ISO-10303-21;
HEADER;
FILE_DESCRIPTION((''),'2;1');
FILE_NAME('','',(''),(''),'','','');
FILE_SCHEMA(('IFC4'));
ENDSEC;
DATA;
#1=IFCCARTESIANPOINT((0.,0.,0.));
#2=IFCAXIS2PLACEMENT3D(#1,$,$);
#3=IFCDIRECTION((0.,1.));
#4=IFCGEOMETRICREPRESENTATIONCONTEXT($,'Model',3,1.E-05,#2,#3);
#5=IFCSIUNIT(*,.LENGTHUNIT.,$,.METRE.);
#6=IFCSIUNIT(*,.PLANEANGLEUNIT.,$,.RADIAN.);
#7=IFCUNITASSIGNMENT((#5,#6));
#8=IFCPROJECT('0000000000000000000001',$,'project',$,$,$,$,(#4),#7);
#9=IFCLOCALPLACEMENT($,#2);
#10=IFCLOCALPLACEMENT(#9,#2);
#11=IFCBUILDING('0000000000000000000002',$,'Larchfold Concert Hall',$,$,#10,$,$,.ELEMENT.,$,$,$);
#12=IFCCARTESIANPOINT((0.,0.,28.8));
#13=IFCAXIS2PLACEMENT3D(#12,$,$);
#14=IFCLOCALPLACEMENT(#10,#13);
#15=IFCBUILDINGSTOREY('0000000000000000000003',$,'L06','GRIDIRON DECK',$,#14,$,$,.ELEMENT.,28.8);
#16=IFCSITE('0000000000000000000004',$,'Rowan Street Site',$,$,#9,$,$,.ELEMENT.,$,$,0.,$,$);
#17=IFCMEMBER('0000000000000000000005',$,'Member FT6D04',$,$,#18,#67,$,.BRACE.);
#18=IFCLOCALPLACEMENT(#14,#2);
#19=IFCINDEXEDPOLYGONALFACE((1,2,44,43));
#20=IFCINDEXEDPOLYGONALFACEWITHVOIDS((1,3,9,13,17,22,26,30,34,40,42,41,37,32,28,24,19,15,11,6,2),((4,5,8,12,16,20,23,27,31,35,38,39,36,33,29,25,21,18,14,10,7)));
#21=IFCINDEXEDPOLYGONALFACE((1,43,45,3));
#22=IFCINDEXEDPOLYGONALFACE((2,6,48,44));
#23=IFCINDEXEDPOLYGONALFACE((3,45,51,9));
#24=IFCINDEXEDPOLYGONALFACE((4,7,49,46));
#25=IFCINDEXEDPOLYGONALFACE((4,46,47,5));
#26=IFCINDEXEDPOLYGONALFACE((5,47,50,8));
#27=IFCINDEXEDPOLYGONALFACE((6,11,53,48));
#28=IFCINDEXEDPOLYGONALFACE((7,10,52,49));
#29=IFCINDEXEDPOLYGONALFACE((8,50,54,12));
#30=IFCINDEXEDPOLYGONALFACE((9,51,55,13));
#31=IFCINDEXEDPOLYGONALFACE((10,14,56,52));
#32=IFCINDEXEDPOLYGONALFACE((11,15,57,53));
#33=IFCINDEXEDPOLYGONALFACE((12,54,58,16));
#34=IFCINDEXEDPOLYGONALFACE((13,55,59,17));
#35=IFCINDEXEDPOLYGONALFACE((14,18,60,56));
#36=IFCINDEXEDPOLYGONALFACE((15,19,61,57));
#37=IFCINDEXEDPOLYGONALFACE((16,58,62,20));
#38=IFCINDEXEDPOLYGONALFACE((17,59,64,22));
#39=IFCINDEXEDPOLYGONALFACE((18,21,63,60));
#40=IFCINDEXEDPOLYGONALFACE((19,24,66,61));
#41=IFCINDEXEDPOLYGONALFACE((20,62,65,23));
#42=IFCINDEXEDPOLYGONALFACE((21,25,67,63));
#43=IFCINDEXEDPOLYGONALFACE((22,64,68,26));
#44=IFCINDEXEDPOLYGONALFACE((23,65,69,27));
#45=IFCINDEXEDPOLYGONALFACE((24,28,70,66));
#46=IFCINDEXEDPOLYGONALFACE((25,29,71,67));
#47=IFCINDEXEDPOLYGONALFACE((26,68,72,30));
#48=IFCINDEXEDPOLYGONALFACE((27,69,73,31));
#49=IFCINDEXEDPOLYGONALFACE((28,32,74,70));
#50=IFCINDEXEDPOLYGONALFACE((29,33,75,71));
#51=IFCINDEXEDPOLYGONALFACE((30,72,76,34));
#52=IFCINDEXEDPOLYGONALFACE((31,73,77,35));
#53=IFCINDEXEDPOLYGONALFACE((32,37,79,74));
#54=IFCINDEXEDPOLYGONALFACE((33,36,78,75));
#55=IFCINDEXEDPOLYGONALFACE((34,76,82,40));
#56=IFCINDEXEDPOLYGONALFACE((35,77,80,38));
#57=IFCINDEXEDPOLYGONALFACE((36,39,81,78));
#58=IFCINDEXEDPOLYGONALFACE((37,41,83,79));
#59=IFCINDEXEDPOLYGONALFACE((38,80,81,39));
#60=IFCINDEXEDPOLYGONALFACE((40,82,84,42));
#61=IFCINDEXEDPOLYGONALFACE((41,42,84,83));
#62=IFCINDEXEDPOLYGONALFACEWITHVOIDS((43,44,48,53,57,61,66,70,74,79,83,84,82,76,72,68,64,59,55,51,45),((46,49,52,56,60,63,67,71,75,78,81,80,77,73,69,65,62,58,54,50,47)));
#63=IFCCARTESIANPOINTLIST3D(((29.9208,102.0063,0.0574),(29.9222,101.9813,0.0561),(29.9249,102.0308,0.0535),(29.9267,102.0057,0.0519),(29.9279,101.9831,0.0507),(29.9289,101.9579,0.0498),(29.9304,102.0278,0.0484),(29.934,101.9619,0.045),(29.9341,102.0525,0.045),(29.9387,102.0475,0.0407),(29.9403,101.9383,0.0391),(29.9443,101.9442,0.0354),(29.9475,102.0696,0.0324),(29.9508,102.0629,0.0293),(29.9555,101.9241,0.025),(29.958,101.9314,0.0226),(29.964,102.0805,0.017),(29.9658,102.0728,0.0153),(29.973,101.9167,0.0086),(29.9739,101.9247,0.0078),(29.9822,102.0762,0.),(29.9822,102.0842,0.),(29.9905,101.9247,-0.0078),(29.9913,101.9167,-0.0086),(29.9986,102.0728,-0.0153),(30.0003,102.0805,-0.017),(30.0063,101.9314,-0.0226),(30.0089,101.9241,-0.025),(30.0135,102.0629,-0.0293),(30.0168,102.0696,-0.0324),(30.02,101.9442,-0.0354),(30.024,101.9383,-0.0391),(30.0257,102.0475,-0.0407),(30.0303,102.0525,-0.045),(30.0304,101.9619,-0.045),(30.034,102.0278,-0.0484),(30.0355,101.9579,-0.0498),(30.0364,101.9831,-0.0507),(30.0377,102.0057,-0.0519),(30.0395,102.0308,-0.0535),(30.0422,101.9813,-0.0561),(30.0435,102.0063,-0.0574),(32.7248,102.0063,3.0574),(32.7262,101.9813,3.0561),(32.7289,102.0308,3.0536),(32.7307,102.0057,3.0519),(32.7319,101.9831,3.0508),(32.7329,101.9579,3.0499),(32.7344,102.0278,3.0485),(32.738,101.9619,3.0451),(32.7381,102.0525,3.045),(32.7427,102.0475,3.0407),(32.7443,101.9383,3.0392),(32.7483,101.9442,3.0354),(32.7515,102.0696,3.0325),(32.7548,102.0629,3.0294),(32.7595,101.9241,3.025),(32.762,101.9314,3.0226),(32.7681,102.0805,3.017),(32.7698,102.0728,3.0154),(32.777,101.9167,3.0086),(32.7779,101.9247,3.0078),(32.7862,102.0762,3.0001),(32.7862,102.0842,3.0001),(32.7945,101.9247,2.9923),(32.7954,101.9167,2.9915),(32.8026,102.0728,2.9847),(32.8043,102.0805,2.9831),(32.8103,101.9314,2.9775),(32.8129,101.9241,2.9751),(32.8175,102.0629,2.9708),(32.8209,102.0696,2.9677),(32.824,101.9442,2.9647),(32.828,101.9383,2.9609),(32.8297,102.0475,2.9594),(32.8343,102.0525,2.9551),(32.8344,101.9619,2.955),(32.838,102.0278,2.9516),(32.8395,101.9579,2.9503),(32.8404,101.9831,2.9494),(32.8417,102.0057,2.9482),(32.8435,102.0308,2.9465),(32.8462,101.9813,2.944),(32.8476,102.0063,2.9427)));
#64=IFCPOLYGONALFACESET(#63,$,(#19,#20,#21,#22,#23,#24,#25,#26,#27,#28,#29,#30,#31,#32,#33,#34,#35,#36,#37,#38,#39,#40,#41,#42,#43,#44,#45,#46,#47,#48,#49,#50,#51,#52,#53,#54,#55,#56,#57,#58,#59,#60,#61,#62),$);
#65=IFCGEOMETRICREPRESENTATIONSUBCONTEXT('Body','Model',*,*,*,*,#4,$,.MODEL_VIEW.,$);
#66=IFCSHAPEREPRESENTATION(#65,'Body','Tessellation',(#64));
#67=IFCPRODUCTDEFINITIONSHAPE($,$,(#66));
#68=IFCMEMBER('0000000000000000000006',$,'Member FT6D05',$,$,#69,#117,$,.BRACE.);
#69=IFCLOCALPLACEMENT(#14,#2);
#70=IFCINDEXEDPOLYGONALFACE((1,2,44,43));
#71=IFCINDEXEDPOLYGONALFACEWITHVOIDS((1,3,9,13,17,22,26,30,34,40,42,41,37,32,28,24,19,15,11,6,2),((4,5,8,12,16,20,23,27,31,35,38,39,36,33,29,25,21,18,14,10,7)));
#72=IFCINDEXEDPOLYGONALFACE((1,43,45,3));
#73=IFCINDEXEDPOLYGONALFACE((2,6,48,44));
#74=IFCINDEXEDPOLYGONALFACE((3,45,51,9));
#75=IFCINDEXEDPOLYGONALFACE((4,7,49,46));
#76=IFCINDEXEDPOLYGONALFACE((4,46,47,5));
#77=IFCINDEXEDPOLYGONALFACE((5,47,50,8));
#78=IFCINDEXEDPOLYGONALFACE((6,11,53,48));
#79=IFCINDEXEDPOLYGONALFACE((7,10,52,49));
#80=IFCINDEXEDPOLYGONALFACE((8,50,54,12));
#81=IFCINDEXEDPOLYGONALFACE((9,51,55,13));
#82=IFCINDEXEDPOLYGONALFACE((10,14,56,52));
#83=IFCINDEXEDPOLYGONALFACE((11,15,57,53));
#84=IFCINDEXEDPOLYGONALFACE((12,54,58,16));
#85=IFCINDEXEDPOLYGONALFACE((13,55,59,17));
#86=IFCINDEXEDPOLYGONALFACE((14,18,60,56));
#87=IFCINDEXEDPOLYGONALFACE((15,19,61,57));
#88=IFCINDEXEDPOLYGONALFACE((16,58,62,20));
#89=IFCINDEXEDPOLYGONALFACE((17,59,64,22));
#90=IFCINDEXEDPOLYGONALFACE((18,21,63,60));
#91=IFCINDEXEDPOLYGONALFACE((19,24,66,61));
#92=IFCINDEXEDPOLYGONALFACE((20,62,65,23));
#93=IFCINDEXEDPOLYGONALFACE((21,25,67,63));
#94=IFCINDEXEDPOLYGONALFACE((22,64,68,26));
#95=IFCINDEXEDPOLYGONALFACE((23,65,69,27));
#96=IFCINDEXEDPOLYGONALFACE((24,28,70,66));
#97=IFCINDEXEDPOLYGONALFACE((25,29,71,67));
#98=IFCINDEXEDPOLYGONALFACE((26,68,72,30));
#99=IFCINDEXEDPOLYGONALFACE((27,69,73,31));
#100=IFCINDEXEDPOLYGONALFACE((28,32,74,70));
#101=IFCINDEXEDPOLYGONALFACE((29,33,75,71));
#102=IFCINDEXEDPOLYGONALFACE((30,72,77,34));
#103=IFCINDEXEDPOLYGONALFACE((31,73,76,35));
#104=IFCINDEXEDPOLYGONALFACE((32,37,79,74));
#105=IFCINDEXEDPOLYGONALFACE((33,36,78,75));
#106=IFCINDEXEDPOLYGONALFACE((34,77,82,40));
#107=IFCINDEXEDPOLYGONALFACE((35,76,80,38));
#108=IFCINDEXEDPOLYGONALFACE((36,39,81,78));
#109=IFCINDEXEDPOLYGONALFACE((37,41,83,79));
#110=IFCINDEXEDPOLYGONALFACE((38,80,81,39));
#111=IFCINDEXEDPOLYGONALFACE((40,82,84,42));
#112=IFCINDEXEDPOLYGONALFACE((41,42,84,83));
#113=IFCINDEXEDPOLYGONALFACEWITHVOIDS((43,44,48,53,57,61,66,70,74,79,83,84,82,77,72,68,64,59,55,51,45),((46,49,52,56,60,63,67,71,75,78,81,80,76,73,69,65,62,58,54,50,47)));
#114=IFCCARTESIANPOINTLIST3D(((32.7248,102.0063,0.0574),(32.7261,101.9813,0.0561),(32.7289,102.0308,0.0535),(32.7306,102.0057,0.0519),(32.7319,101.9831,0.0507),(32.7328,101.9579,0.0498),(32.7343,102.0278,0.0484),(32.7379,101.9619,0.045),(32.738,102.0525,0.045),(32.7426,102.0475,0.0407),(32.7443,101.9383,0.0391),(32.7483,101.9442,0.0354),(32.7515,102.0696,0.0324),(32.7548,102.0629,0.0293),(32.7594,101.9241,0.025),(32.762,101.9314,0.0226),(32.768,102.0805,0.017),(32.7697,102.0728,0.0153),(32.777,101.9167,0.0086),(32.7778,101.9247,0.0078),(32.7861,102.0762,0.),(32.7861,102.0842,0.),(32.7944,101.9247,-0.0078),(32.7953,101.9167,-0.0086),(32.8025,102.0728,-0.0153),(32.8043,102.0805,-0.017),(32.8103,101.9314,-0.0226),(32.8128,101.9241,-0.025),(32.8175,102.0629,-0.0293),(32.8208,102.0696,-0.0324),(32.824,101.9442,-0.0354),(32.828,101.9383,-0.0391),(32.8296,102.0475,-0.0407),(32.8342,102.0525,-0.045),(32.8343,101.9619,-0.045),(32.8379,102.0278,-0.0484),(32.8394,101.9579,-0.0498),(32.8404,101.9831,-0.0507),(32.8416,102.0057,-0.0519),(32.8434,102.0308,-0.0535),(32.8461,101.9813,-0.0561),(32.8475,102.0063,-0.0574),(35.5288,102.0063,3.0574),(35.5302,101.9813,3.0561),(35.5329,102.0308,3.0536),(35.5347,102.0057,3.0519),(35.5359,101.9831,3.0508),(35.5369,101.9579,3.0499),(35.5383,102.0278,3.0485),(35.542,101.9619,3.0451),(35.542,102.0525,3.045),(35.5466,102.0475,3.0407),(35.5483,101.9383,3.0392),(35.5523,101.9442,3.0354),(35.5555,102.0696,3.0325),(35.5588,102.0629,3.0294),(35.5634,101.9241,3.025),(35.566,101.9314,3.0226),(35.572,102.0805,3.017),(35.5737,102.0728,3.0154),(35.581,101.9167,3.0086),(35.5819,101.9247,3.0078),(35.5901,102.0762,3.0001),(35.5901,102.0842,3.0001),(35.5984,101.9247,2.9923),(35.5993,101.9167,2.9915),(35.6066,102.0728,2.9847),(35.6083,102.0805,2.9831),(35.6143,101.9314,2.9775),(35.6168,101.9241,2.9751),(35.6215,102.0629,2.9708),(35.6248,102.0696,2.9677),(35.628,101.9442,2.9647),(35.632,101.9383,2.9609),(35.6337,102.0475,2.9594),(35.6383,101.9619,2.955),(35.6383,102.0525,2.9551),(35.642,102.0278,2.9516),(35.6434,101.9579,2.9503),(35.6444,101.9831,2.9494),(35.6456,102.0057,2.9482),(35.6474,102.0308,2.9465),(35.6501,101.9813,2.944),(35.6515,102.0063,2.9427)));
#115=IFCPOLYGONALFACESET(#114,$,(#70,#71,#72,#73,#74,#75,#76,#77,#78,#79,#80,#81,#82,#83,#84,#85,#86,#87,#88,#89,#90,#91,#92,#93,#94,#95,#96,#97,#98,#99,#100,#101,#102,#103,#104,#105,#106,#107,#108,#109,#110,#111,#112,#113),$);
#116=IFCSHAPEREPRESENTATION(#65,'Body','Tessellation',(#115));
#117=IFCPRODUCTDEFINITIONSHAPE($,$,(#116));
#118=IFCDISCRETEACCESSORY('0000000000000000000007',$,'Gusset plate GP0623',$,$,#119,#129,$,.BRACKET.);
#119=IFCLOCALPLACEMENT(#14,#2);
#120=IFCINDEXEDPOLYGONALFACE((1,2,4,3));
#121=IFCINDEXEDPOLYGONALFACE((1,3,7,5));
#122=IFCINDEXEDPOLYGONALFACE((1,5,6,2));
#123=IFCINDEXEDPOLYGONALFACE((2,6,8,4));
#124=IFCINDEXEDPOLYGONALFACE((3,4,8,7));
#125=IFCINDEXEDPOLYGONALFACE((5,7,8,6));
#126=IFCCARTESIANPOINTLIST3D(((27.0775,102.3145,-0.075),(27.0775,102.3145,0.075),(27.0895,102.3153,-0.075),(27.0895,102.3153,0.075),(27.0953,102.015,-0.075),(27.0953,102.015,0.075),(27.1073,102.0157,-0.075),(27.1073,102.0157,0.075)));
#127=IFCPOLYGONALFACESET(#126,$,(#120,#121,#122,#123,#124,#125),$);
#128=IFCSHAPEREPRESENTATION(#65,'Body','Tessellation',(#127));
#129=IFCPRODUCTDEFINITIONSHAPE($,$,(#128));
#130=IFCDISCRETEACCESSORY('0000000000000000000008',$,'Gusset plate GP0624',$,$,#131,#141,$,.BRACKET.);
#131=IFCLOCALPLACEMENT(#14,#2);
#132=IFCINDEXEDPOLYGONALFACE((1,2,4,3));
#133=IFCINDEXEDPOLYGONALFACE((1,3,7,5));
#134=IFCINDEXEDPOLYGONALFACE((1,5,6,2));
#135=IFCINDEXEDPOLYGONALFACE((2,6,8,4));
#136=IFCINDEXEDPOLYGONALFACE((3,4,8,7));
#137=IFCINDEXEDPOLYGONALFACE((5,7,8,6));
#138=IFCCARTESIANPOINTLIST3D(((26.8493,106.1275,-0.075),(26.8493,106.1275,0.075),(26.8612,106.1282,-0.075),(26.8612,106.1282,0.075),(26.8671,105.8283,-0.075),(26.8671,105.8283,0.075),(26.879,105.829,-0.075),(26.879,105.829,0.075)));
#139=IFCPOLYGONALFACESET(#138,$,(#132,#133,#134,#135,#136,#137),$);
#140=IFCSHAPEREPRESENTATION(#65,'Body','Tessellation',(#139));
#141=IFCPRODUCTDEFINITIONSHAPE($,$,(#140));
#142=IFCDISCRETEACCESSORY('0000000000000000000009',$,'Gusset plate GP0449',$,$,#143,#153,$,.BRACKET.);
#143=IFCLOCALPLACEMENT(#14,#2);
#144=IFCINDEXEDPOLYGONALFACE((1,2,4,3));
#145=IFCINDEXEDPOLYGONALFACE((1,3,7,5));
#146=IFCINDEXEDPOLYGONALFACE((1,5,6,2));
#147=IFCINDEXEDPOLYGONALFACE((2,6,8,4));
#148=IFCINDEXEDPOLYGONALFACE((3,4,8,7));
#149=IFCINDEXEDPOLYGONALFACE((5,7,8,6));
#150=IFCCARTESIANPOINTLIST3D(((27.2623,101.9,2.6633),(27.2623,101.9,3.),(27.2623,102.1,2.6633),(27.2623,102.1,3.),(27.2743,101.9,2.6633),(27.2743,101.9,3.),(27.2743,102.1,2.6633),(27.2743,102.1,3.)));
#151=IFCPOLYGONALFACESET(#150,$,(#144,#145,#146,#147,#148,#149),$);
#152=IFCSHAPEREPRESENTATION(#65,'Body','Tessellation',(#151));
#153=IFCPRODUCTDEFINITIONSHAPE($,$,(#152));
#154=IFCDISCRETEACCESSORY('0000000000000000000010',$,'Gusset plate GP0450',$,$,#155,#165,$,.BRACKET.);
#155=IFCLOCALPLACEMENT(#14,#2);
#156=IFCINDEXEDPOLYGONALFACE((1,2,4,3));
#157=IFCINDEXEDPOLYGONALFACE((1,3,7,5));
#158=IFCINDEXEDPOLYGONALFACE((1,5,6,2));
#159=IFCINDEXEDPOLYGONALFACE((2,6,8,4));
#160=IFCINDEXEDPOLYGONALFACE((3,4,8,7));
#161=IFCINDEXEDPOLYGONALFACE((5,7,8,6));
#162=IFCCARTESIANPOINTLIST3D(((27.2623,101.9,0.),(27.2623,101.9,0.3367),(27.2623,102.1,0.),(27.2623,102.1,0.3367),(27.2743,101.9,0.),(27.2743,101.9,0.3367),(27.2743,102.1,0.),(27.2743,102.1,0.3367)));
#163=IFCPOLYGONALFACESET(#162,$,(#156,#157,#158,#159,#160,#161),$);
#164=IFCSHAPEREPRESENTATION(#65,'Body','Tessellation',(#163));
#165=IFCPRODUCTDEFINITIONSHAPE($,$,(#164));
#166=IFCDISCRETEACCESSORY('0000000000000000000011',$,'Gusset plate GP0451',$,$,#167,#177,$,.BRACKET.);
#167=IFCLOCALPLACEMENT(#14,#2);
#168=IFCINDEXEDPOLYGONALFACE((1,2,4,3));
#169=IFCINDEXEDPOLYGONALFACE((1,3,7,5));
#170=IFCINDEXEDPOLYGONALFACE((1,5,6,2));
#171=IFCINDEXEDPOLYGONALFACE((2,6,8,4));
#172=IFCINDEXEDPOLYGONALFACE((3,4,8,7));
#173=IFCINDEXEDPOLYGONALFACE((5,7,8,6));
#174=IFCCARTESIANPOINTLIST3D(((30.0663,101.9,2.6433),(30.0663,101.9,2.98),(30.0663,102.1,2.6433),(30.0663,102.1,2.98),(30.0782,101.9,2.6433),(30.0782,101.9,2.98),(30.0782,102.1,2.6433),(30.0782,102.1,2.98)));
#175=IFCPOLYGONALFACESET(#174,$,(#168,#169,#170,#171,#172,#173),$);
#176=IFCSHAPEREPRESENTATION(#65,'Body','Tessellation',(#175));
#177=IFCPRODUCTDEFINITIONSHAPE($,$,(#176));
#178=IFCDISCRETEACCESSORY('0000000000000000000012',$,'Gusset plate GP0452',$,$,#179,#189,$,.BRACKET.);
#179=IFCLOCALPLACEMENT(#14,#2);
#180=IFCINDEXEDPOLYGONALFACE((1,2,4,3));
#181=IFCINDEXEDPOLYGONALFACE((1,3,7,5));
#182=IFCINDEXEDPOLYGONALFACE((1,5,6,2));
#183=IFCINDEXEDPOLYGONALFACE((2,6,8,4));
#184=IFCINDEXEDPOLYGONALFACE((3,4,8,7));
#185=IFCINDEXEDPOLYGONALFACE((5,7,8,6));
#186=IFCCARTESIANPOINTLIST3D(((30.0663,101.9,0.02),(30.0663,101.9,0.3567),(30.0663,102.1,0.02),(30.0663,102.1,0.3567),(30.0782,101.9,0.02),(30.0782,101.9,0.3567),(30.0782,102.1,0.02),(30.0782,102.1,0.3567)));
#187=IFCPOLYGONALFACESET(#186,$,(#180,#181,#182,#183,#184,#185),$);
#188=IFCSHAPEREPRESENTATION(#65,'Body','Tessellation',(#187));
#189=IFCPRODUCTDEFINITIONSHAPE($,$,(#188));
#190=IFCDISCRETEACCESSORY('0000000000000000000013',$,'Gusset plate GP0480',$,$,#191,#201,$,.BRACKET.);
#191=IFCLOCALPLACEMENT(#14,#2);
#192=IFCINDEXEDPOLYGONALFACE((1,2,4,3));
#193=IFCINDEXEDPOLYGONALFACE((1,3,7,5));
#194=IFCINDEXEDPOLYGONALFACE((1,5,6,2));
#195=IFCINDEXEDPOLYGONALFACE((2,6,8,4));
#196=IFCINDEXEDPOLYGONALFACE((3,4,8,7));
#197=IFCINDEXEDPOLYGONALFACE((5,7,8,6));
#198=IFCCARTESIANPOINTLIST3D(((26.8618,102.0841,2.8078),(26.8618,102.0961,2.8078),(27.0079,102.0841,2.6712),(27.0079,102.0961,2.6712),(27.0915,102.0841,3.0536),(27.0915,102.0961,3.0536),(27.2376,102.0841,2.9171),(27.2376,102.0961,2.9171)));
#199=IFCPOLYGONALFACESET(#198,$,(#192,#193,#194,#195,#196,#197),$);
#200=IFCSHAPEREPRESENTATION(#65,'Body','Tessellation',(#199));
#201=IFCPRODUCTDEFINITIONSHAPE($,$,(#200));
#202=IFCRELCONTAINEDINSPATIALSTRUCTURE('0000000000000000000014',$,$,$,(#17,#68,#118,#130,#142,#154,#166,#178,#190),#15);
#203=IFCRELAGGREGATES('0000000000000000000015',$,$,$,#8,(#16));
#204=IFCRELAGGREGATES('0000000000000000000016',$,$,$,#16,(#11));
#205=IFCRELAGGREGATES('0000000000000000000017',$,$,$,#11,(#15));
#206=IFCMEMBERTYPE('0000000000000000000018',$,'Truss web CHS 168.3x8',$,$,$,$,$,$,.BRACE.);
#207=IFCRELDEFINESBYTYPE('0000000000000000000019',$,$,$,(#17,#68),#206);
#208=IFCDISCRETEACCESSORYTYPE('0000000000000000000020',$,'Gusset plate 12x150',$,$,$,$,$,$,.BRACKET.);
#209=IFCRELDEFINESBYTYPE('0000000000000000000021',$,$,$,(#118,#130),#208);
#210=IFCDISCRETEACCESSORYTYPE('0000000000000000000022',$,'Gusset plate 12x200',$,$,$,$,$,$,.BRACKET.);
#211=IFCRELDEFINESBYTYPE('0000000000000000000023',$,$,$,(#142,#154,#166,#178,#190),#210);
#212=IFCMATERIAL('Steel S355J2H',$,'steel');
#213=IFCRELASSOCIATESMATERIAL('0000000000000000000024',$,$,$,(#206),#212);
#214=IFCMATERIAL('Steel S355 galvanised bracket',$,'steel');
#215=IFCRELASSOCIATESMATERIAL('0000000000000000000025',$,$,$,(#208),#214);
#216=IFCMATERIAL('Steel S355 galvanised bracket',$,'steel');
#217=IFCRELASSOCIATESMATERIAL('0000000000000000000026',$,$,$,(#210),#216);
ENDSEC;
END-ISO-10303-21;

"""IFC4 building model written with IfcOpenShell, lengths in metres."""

from ifc_helpers import new_model, si_unit, direction, frame, origin, origin_2d, place, context, subcontext, project, spatial, rectangle, hollow_circle, extrude, material, material_profile, profile_set, type_object, element, save


model = new_model("IFC4")

# Units and contexts
model_context = context("Model", 3, precision=1e-05, world=origin(), true_north=direction((0.0, 1.0)))
body_context = subcontext(model_context, "Body", "Model", "MODEL_VIEW")
ifc_project = project(units=[si_unit("LENGTHUNIT", "METRE"), si_unit("PLANEANGLEUNIT", "RADIAN")], contexts=[model_context])

# Site, building, storey
site_placement = place(None, origin())
site = spatial("IfcSite", under=ifc_project, at=site_placement, Name="Rowan Street Site", CompositionType="ELEMENT", RefElevation=0.0)
building_placement = place(site_placement, origin())
building = spatial("IfcBuilding", under=site, at=building_placement, Name="Larchfold Concert Hall", CompositionType="ELEMENT")
storey_placement = place(building_placement, frame((0.0, 0.0, 28.8)))
storey = spatial("IfcBuildingStorey", under=building, at=storey_placement, Name="L06", Description="GRIDIRON DECK", CompositionType="ELEMENT", Elevation=28.8)

# Members
ifc_material_1 = material(Name="Steel S355J2H", Category="steel")
ifc_material_profile_1 = material_profile(ifc_material_1, hollow_circle(Radius=0.0842, WallThickness=0.0081, at=origin_2d()))
ifc_profile_set_1 = profile_set([ifc_material_profile_1], Name="Steel S355J2H")
member_type_1 = type_object("IfcMemberType", Name="Truss web CHS 168.3x8", PredefinedType="BRACE", material=ifc_profile_set_1)
for number, where, z_axis, x_axis, name in (
    (1, (29.9822, 102.0, 0.0), (0.682833, 0.0, 0.730575), (0.0, 1.0, 0.0), "Member FT6D04"),
    (2, (32.7861, 102.0, 0.0), (0.682833, 0.0, 0.730575), (0.0, 1.0, 0.0), "Member FT6D05"),
):
    element("IfcMember", number, at=place(storey_placement, frame(where, z_axis=z_axis, x_axis=x_axis)), inside=storey, type_object=member_type_1, Name=name, PredefinedType="BRACE", context=body_context, shape_type="SweptSolid", body=[
        extrude(hollow_circle(Radius=0.0842, WallThickness=0.0081, at=origin_2d()), origin(), (0.0, 0.0, 1.0), 4.1064),
    ])

# Discrete accessories
ifc_material_2 = material(Name="Steel S355 galvanised bracket", Category="steel")
ifc_material_profile_2 = material_profile(ifc_material_2, rectangle(XDim=0.012, YDim=0.1499, at=origin_2d()))
ifc_profile_set_2 = profile_set([ifc_material_profile_2], Name="Steel S355 galvanised bracket")
discrete_accessory_type_1 = type_object("IfcDiscreteAccessoryType", Name="Gusset plate 12x150", PredefinedType="BRACKET", material=ifc_profile_set_2)
discrete_accessory_1_placement = place(storey_placement, frame((27.1013, 102.0154, 0.0), z_axis=(-0.05939, 0.998235, 0.0), x_axis=(-0.998235, -0.05939, 0.0)))
element("IfcDiscreteAccessory", 3, at=discrete_accessory_1_placement, inside=storey, type_object=discrete_accessory_type_1, Name="Gusset plate GP0623", PredefinedType="BRACKET", context=body_context, shape_type="SweptSolid", body=[
    extrude(rectangle(XDim=0.012, YDim=0.1499, at=origin_2d()), origin(), (0.0, 0.0, 1.0), 0.3),
])
discrete_accessory_2_placement = place(storey_placement, frame((26.873, 105.8286, 0.0), z_axis=(-0.059438, 0.998232, 0.0), x_axis=(-0.998232, -0.059438, 0.0)))
element("IfcDiscreteAccessory", 4, at=discrete_accessory_2_placement, inside=storey, type_object=discrete_accessory_type_1, Name="Gusset plate GP0624", PredefinedType="BRACKET", context=body_context, shape_type="SweptSolid", body=[
    extrude(rectangle(XDim=0.012, YDim=0.1499, at=origin_2d()), origin(), (0.0, 0.0, 1.0), 0.2998),
])
ifc_material_3 = material(Name="Steel S355 galvanised bracket", Category="steel")
ifc_material_profile_3 = material_profile(ifc_material_3, rectangle(XDim=0.012, YDim=0.2, at=origin_2d()))
ifc_profile_set_3 = profile_set([ifc_material_profile_3], Name="Steel S355 galvanised bracket")
discrete_accessory_type_2 = type_object("IfcDiscreteAccessoryType", Name="Gusset plate 12x200", PredefinedType="BRACKET", material=ifc_profile_set_3)
for number, where, z_axis, x_axis, name in (
    (5, (27.2683, 102.0, 3.0), (0.0, 0.0, -1.0), (1.0, 0.0, 0.0), "Gusset plate GP0449"),
    (6, (27.2683, 102.0, 0.3367), (0.0, 0.0, -1.0), (1.0, 0.0, 0.0), "Gusset plate GP0450"),
    (7, (30.0723, 102.0, 2.98), (0.0, 0.0, -1.0), (1.0, 0.0, 0.0), "Gusset plate GP0451"),
    (8, (30.0723, 102.0, 0.3567), (0.0, 0.0, -1.0), (1.0, 0.0, 0.0), "Gusset plate GP0452"),
):
    element("IfcDiscreteAccessory", number, at=place(storey_placement, frame(where, z_axis=z_axis, x_axis=x_axis)), inside=storey, type_object=discrete_accessory_type_2, Name=name, PredefinedType="BRACKET", context=body_context, shape_type="SweptSolid", body=[
        extrude(rectangle(XDim=0.012, YDim=0.2, at=origin_2d()), origin(), (0.0, 0.0, 1.0), 0.3367),
    ])
for number, where, z_axis, x_axis, name in (
    (9, (26.9348, 102.0901, 2.7395), (0.682758, 0.0, 0.730645), (0.0, 1.0, 0.0), "Gusset plate GP0480"),
):
    element("IfcDiscreteAccessory", number, at=place(storey_placement, frame(where, z_axis=z_axis, x_axis=x_axis)), inside=storey, type_object=discrete_accessory_type_2, Name=name, PredefinedType="BRACKET", context=body_context, shape_type="SweptSolid", body=[
        extrude(rectangle(XDim=0.012, YDim=0.2, at=origin_2d()), origin(), (0.0, 0.0, 1.0), 0.3364),
    ])

save(model, "model.ifc")
